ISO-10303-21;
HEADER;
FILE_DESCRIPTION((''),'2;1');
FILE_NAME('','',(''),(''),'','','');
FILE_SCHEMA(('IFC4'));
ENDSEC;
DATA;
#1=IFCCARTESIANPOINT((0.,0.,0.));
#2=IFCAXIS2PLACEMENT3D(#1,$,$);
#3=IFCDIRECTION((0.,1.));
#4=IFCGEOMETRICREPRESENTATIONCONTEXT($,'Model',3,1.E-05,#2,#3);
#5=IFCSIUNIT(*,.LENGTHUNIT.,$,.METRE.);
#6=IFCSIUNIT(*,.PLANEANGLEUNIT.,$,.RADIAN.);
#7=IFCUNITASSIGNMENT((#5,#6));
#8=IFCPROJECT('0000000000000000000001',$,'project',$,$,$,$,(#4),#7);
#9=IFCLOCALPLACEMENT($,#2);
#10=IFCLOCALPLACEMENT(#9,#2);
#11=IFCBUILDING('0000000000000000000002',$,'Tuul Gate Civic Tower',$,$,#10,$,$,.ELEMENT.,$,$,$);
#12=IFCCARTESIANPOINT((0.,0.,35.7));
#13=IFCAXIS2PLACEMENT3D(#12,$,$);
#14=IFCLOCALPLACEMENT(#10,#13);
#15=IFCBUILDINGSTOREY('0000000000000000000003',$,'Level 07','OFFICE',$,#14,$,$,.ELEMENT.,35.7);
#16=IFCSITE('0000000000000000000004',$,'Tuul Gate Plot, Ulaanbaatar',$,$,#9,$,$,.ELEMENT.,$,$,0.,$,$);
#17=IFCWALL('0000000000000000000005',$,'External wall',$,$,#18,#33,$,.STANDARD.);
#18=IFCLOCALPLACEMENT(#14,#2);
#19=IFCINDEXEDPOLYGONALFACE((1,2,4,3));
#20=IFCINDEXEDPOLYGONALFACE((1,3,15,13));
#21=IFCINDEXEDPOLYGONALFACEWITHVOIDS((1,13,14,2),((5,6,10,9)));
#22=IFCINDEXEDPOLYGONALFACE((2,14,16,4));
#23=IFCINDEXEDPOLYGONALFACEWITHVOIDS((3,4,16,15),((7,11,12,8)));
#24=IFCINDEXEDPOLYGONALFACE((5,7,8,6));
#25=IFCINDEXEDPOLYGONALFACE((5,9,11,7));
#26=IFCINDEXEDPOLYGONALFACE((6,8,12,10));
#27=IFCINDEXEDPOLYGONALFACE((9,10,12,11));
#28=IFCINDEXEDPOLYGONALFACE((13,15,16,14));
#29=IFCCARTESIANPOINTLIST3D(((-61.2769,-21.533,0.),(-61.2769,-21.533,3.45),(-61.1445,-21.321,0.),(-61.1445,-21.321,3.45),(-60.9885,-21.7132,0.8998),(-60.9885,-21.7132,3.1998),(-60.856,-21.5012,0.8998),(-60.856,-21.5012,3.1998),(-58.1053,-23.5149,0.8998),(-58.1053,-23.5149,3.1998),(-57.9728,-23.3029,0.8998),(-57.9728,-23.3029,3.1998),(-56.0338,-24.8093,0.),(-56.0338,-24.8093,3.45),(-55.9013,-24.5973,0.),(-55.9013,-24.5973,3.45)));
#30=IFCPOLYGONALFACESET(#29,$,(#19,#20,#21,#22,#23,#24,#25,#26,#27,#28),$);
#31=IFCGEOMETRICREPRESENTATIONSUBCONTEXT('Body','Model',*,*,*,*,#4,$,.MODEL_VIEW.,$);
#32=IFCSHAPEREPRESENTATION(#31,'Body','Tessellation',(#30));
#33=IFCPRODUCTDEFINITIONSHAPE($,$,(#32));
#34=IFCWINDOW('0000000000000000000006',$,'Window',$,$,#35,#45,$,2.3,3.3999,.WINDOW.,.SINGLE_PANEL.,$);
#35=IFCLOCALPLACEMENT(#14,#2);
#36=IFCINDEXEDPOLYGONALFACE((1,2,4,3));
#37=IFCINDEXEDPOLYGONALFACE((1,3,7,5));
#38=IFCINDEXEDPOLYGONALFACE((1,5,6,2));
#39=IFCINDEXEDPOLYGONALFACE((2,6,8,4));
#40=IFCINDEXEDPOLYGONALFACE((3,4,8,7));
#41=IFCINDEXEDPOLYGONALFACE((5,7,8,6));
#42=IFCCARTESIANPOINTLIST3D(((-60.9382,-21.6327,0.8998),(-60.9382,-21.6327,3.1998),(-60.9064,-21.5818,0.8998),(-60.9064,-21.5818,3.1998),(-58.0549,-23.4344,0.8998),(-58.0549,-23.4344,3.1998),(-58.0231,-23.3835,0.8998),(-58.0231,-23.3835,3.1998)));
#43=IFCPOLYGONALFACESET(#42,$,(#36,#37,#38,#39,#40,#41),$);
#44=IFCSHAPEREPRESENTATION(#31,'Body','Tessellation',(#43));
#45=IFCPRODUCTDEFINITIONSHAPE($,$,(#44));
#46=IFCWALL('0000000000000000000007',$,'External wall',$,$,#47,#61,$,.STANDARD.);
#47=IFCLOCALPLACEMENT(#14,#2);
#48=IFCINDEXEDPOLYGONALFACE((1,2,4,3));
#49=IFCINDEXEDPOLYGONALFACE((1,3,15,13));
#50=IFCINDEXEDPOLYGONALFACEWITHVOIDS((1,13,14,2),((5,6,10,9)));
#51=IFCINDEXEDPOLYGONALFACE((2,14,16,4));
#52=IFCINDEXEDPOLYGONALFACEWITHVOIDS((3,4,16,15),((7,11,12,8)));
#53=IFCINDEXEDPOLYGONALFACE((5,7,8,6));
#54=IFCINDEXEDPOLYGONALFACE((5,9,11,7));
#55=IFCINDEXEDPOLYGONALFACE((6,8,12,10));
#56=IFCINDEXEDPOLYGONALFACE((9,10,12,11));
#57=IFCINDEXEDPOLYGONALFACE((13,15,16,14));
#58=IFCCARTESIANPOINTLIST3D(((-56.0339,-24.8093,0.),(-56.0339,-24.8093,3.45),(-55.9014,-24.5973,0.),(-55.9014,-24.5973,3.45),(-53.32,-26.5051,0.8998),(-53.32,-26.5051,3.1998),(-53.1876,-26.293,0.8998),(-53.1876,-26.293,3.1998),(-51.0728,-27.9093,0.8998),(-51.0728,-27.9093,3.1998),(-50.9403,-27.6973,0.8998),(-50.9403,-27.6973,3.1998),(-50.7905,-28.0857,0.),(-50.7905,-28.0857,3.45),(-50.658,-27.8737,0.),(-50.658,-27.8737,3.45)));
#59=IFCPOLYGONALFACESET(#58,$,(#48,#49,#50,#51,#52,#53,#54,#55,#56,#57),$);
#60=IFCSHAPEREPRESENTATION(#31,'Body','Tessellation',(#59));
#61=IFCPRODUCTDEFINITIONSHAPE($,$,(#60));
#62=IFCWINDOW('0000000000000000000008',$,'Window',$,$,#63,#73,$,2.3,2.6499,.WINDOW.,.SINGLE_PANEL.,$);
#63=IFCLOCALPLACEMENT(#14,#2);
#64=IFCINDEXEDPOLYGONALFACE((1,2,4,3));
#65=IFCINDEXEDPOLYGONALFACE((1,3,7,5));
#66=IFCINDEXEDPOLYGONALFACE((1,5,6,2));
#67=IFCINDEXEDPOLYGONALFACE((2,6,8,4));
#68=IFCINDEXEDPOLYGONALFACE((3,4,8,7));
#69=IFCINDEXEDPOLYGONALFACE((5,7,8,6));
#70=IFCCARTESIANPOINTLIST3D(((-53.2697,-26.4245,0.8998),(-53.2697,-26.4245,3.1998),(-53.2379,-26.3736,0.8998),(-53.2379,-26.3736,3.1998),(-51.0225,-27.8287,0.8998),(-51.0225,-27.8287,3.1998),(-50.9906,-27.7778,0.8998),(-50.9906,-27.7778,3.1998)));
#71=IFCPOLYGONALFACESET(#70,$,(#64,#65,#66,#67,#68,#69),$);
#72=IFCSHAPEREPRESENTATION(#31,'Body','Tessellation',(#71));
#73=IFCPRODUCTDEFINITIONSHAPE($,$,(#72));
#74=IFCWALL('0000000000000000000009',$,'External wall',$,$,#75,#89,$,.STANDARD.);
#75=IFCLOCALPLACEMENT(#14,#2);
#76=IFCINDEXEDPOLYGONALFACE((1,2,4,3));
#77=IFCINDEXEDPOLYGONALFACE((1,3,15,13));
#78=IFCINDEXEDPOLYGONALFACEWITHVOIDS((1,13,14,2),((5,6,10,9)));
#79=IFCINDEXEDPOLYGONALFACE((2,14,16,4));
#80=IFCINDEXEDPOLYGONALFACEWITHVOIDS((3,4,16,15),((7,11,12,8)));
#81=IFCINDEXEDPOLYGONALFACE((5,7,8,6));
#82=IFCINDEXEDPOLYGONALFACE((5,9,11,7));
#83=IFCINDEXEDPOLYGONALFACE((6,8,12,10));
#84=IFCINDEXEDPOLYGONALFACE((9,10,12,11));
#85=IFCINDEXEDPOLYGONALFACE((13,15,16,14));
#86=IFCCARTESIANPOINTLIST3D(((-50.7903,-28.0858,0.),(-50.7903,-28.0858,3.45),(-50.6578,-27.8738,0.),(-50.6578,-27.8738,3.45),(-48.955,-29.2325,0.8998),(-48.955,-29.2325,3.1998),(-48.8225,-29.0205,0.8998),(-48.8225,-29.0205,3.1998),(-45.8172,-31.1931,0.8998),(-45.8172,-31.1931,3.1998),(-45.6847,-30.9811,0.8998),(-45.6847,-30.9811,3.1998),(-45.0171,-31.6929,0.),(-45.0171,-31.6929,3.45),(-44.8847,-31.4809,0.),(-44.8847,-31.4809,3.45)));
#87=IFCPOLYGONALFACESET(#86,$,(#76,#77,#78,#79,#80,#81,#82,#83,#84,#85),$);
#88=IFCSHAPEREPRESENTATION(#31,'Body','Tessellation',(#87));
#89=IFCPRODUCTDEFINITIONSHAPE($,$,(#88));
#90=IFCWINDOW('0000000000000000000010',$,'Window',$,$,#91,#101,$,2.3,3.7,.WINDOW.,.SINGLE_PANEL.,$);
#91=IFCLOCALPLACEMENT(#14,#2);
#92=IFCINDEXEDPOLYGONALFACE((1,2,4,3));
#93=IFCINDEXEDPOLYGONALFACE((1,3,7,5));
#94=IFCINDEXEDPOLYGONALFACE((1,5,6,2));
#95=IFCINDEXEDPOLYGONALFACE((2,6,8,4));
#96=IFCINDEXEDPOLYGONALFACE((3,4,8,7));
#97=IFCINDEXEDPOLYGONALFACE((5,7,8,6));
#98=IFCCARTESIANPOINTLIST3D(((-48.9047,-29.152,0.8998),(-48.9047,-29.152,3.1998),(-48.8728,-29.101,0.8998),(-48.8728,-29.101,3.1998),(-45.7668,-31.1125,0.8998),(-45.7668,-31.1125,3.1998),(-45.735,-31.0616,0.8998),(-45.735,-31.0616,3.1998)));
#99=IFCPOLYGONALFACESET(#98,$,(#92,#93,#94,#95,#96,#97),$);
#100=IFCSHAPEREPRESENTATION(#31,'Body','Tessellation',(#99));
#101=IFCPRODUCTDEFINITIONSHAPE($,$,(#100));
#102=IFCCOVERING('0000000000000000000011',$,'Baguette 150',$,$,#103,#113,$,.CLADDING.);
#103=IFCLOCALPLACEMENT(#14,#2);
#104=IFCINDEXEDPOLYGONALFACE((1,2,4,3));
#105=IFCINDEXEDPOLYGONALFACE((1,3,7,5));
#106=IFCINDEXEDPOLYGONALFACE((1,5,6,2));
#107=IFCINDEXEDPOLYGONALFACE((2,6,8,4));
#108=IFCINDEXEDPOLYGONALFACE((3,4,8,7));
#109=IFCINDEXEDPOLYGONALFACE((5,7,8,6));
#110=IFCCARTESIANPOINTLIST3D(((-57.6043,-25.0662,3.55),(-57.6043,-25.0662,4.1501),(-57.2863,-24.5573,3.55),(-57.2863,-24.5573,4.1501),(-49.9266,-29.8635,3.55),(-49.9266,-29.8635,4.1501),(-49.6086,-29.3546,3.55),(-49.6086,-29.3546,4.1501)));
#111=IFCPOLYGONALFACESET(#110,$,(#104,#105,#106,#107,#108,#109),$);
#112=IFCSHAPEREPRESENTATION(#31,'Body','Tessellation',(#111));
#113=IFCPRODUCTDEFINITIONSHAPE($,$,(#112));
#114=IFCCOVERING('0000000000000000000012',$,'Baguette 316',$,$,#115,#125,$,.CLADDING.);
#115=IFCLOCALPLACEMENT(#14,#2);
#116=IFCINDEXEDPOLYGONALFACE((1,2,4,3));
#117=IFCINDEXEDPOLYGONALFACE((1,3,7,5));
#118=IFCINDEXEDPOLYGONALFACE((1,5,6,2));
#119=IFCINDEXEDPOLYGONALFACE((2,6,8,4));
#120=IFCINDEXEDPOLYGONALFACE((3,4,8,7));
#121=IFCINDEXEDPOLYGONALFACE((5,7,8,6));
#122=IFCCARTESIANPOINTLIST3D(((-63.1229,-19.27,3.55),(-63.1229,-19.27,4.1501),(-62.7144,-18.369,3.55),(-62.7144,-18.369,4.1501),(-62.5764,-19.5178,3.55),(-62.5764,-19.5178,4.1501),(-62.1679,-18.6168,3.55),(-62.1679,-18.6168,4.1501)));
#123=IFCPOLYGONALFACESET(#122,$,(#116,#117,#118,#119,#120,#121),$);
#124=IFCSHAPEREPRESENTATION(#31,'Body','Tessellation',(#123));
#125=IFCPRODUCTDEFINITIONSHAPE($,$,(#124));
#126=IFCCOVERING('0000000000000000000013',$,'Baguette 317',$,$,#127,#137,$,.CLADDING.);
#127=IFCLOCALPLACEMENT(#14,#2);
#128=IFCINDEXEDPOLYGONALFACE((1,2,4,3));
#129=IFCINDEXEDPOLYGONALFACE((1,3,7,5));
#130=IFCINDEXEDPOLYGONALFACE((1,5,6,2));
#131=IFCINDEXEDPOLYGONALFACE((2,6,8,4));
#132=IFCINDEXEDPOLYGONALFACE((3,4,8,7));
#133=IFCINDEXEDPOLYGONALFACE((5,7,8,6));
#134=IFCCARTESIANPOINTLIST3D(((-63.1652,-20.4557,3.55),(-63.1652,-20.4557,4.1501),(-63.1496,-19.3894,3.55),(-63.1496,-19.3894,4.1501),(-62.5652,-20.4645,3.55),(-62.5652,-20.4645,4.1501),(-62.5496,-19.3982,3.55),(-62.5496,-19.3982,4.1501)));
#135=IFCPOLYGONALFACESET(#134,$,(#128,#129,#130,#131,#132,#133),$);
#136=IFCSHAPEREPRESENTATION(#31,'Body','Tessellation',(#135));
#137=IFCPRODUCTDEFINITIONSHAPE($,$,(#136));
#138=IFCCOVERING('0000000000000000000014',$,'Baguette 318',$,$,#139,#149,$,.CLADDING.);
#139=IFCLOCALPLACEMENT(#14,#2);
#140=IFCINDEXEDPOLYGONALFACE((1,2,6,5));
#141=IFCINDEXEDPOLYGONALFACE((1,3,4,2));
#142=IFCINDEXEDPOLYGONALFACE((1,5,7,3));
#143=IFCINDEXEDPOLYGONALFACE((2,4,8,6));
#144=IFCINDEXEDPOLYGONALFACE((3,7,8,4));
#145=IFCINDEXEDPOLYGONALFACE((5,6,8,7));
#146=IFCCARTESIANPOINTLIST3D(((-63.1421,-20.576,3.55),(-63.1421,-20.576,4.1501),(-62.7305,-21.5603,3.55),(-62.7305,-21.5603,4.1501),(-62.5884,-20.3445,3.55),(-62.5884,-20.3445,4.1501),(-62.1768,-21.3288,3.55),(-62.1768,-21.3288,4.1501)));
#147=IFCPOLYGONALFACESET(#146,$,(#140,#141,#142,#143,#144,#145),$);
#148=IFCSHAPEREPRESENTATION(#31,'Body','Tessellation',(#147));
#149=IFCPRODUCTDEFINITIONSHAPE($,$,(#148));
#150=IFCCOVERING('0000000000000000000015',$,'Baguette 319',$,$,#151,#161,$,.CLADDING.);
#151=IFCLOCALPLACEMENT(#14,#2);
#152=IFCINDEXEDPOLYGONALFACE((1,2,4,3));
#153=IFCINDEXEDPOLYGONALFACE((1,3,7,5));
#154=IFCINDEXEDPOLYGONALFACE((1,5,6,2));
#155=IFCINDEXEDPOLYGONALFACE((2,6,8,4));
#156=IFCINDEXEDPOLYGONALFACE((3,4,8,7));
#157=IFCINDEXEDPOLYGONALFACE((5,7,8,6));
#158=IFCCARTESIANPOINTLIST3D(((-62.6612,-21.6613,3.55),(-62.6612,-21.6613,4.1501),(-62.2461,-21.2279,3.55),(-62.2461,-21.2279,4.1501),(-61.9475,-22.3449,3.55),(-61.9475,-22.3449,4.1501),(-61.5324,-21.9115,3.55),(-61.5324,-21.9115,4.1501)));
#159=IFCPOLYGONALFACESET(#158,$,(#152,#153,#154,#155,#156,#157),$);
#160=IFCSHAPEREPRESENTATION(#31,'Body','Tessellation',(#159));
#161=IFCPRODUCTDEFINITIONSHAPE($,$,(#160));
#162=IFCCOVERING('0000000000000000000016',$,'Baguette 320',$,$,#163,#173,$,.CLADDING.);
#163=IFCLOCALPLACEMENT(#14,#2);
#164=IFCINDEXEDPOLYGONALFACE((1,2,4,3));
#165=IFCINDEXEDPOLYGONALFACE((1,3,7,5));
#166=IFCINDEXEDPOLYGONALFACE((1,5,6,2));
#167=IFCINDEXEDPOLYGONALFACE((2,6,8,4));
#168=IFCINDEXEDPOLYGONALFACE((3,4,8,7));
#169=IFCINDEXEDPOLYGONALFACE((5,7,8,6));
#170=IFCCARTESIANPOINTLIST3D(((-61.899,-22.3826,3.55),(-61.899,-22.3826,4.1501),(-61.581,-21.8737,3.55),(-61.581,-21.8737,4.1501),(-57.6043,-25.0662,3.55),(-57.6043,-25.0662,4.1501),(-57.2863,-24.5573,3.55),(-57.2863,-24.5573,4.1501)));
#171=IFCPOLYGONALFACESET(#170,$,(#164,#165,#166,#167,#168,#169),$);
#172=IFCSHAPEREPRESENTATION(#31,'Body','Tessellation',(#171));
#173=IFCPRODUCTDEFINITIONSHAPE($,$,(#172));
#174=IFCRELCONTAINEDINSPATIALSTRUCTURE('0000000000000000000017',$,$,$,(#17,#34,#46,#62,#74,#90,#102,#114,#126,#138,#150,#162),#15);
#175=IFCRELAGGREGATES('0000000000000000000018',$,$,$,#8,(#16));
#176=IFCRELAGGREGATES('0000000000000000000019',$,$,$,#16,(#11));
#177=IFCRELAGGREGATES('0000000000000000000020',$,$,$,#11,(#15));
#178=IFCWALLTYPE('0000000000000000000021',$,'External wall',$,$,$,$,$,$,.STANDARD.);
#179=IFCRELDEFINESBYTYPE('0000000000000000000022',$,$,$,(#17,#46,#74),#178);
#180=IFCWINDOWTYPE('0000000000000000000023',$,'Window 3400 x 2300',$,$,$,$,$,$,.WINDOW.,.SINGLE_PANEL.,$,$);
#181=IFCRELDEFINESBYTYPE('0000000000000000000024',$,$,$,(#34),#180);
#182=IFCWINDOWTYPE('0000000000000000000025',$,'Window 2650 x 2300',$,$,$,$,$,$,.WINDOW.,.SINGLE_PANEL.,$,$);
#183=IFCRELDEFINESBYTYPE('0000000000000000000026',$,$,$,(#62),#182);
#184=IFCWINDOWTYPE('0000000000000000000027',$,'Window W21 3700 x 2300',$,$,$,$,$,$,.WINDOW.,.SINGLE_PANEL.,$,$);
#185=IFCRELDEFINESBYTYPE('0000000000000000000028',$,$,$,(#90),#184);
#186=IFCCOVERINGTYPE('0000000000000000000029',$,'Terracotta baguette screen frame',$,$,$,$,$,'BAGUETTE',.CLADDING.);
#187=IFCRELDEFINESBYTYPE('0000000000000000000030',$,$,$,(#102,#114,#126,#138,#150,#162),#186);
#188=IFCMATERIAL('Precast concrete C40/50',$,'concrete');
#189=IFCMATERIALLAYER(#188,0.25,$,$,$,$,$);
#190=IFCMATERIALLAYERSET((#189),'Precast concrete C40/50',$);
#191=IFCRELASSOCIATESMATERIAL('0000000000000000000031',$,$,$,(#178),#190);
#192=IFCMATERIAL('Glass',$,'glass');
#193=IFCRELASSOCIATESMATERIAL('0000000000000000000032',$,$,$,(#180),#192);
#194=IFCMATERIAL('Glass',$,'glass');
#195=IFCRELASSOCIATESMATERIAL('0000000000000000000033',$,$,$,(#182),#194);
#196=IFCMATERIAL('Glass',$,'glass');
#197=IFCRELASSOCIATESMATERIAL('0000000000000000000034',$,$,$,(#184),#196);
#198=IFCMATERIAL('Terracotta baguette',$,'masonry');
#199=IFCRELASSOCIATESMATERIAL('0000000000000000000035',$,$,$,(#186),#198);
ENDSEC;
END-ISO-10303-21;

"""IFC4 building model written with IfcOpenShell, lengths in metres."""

from ifc_helpers import new_model, si_unit, direction, frame, frame_2d, origin, origin_2d, place, context, subcontext, project, spatial, rectangle, extrude, material, layer, layer_set, material_profile, profile_set, type_object, element, fill, save


model = new_model("IFC4")

# Units and contexts
model_context = context("Model", 3, precision=1e-05, world=origin(), true_north=direction((0.0, 1.0)))
body_context = subcontext(model_context, "Body", "Model", "MODEL_VIEW")
ifc_project = project(units=[si_unit("LENGTHUNIT", "METRE"), si_unit("PLANEANGLEUNIT", "RADIAN")], contexts=[model_context])

# Site, building, storey
site_placement = place(None, origin())
site = spatial("IfcSite", under=ifc_project, at=site_placement, Name="Tuul Gate Plot, Ulaanbaatar", CompositionType="ELEMENT", RefElevation=0.0)
building_placement = place(site_placement, origin())
building = spatial("IfcBuilding", under=site, at=building_placement, Name="Tuul Gate Civic Tower", CompositionType="ELEMENT")
storey_placement = place(building_placement, frame((0.0, 0.0, 35.7)))
storey = spatial("IfcBuildingStorey", under=building, at=storey_placement, Name="Level 07", Description="OFFICE", CompositionType="ELEMENT", Elevation=35.7)

# Shared definitions
ifc_material_1 = material(Name="Precast concrete C40/50", Category="concrete")
ifc_layer_1 = layer(ifc_material_1, 0.25)
ifc_layer_set_1 = layer_set([ifc_layer_1], Name="Precast concrete C40/50")
wall_type_1 = type_object("IfcWallType", Name="External wall", PredefinedType="STANDARD", material=ifc_layer_set_1)

# Walls, openings, windows
wall_1_placement = place(storey_placement, frame((-61.2107, -21.427, 0.0), z_axis=(0.0, 0.0, 1.0), x_axis=(0.848043, -0.529928, 0.0)))
wall_1 = element("IfcWall", 1, at=wall_1_placement, inside=storey, type_object=wall_type_1, Name="External wall", PredefinedType="STANDARD", context=body_context, shape_type="SweptSolid", body=[
    extrude(rectangle(XDim=6.1826, YDim=0.25, at=frame_2d((3.0913, 0.0))), origin(), (0.0, 0.0, 1.0), 3.45),
])
opening_1_placement = place(wall_1_placement, frame((0.3401, 0.0, 0.8999)))
opening_1 = element("IfcOpeningElement", 2, at=opening_1_placement, cuts=wall_1, PredefinedType="OPENING", context=body_context, shape_type="SweptSolid", body=[
    extrude(rectangle(XDim=3.3999, YDim=2.3, at=frame_2d((1.7, 1.1499))), frame((0.0, 0.135, 0.0), z_axis=(0.0, -1.0, 0.0), x_axis=(1.0, 0.0, 0.0)), (0.0, 0.0, 1.0), 0.27),
])
ifc_material_2 = material(Name="Glass", Category="glass")
window_type_1 = type_object("IfcWindowType", Name="Window 3400 x 2300", PartitioningType="SINGLE_PANEL", PredefinedType="WINDOW", material=ifc_material_2)
window_1_placement = place(opening_1_placement, origin())
window_1 = element("IfcWindow", 3, at=window_1_placement, inside=storey, type_object=window_type_1, Name="Window", OverallHeight=2.3, OverallWidth=3.3999, PartitioningType="SINGLE_PANEL", PredefinedType="WINDOW", context=body_context, shape_type="SweptSolid", body=[
    extrude(rectangle(XDim=3.3999, YDim=2.3, at=frame_2d((1.7, 1.1499))), frame((0.0, 0.03, 0.0), z_axis=(0.0, -1.0, 0.0), x_axis=(1.0, 0.0, 0.0)), (0.0, 0.0, 1.0), 0.0601),
])
fill(opening_1, window_1)
wall_2_placement = place(storey_placement, frame((-55.9675, -24.7034, 0.0), z_axis=(0.0, 0.0, 1.0), x_axis=(0.848054, -0.52991, 0.0)))
wall_2 = element("IfcWall", 4, at=wall_2_placement, inside=storey, type_object=wall_type_1, Name="External wall", PredefinedType="STANDARD", context=body_context, shape_type="SweptSolid", body=[
    extrude(rectangle(XDim=6.1829, YDim=0.25, at=frame_2d((3.0913, 0.0))), origin(), (0.0, 0.0, 1.0), 3.45),
])
opening_2_placement = place(wall_2_placement, frame((3.2, 0.0, 0.8999)))
opening_2 = element("IfcOpeningElement", 5, at=opening_2_placement, cuts=wall_2, PredefinedType="OPENING", context=body_context, shape_type="SweptSolid", body=[
    extrude(rectangle(XDim=2.6499, YDim=2.3, at=frame_2d((1.325, 1.1499))), frame((0.0, 0.135, 0.0), z_axis=(0.0, -1.0, 0.0), x_axis=(1.0, 0.0, 0.0)), (0.0, 0.0, 1.0), 0.27),
])
ifc_material_3 = material(Name="Glass", Category="glass")
window_type_2 = type_object("IfcWindowType", Name="Window 2650 x 2300", PartitioningType="SINGLE_PANEL", PredefinedType="WINDOW", material=ifc_material_3)
window_2_placement = place(opening_2_placement, origin())
window_2 = element("IfcWindow", 6, at=window_2_placement, inside=storey, type_object=window_type_2, Name="Window", OverallHeight=2.3, OverallWidth=2.6499, PartitioningType="SINGLE_PANEL", PredefinedType="WINDOW", context=body_context, shape_type="SweptSolid", body=[
    extrude(rectangle(XDim=2.6499, YDim=2.3, at=frame_2d((1.325, 1.1499))), frame((0.0, 0.03, 0.0), z_axis=(0.0, -1.0, 0.0), x_axis=(1.0, 0.0, 0.0)), (0.0, 0.0, 1.0), 0.0601),
])
fill(opening_2, window_2)
wall_3_placement = place(storey_placement, frame((-50.7241, -27.9797, 0.0), z_axis=(0.0, 0.0, 1.0), x_axis=(0.848069, -0.529886, 0.0)))
wall_3 = element("IfcWall", 7, at=wall_3_placement, inside=storey, type_object=wall_type_1, Name="External wall", PredefinedType="STANDARD", context=body_context, shape_type="SweptSolid", body=[
    extrude(rectangle(XDim=6.8074, YDim=0.25, at=frame_2d((3.4038, 0.0))), origin(), (0.0, 0.0, 1.0), 3.45),
])
opening_3_placement = place(wall_3_placement, frame((2.1641, 0.0, 0.8999)))
opening_3 = element("IfcOpeningElement", 8, at=opening_3_placement, cuts=wall_3, PredefinedType="OPENING", context=body_context, shape_type="SweptSolid", body=[
    extrude(rectangle(XDim=3.7, YDim=2.3, at=frame_2d((1.8501, 1.1499))), frame((0.0, 0.135, 0.0), z_axis=(0.0, -1.0, 0.0), x_axis=(1.0, 0.0, 0.0)), (0.0, 0.0, 1.0), 0.27),
])
ifc_material_4 = material(Name="Glass", Category="glass")
window_type_3 = type_object("IfcWindowType", Name="Window W21 3700 x 2300", PartitioningType="SINGLE_PANEL", PredefinedType="WINDOW", material=ifc_material_4)
window_3_placement = place(opening_3_placement, origin())
window_3 = element("IfcWindow", 9, at=window_3_placement, inside=storey, type_object=window_type_3, Name="Window", OverallHeight=2.3, OverallWidth=3.7, PartitioningType="SINGLE_PANEL", PredefinedType="WINDOW", context=body_context, shape_type="SweptSolid", body=[
    extrude(rectangle(XDim=3.7, YDim=2.3, at=frame_2d((1.8501, 1.1499))), frame((0.0, 0.03, 0.0), z_axis=(0.0, -1.0, 0.0), x_axis=(1.0, 0.0, 0.0)), (0.0, 0.0, 1.0), 0.0601),
])
fill(opening_3, window_3)

# Coverings
ifc_material_5 = material(Name="Terracotta baguette", Category="masonry")
ifc_material_profile_1 = material_profile(ifc_material_5, rectangle(XDim=0.6001, YDim=0.6001, at=origin_2d()), Name="Terracotta baguette screen frame")
ifc_profile_set_1 = profile_set([ifc_material_profile_1], Name="Terracotta baguette")
covering_type = type_object("IfcCoveringType", Name="Terracotta baguette screen frame", ElementType="BAGUETTE", PredefinedType="CLADDING", material=ifc_profile_set_1)
covering_1_placement = place(storey_placement, frame((-57.4453, -24.8118, 3.8501), z_axis=(0.848059, -0.529902, 0.0), x_axis=(0.529902, 0.848059, 0.0)))
element("IfcCovering", 10, at=covering_1_placement, inside=storey, type_object=covering_type, Name="Baguette 150", PredefinedType="CLADDING", context=body_context, shape_type="SweptSolid", body=[
    extrude(rectangle(XDim=0.6001, YDim=0.6001, at=origin_2d()), origin(), (0.0, 0.0, 1.0), 9.0532),
])
covering_2_placement = place(storey_placement, frame((-62.4412, -18.4929, 3.8501), z_axis=(-0.412929, -0.910763, 0.0), x_axis=(0.910763, -0.412929, 0.0)))
element("IfcCovering", 11, at=covering_2_placement, inside=storey, type_object=covering_type, Name="Baguette 316", PredefinedType="CLADDING", context=body_context, shape_type="SweptSolid", body=[
    extrude(rectangle(XDim=0.6001, YDim=0.6001, at=origin_2d()), origin(), (0.0, 0.0, 1.0), 0.9893),
])
covering_3_placement = place(storey_placement, frame((-62.8496, -19.3938, 3.8501), z_axis=(-0.01465, -0.999893, 0.0), x_axis=(0.999893, -0.01465, 0.0)))
element("IfcCovering", 12, at=covering_3_placement, inside=storey, type_object=covering_type, Name="Baguette 317", PredefinedType="CLADDING", context=body_context, shape_type="SweptSolid", body=[
    extrude(rectangle(XDim=0.6001, YDim=0.6001, at=origin_2d()), origin(), (0.0, 0.0, 1.0), 1.0664),
])
covering_4_placement = place(storey_placement, frame((-62.8652, -20.4602, 3.8501), z_axis=(0.385785, -0.922589, 0.0), x_axis=(0.922589, 0.385785, 0.0)))
element("IfcCovering", 13, at=covering_4_placement, inside=storey, type_object=covering_type, Name="Baguette 318", PredefinedType="CLADDING", context=body_context, shape_type="SweptSolid", body=[
    extrude(rectangle(XDim=0.6001, YDim=0.6001, at=origin_2d()), origin(), (0.0, 0.0, 1.0), 1.0669),
])
covering_5_placement = place(storey_placement, frame((-62.4536, -21.4446, 3.8501), z_axis=(0.722137, -0.69175, 0.0), x_axis=(0.69175, 0.722137, 0.0)))
element("IfcCovering", 14, at=covering_5_placement, inside=storey, type_object=covering_type, Name="Baguette 319", PredefinedType="CLADDING", context=body_context, shape_type="SweptSolid", body=[
    extrude(rectangle(XDim=0.6001, YDim=0.6001, at=origin_2d()), origin(), (0.0, 0.0, 1.0), 0.9883),
])
covering_6_placement = place(storey_placement, frame((-61.74, -22.1282, 3.8501), z_axis=(0.84805, -0.529917, 0.0), x_axis=(0.529917, 0.84805, 0.0)))
element("IfcCovering", 15, at=covering_6_placement, inside=storey, type_object=covering_type, Name="Baguette 320", PredefinedType="CLADDING", context=body_context, shape_type="SweptSolid", body=[
    extrude(rectangle(XDim=0.6001, YDim=0.6001, at=origin_2d()), origin(), (0.0, 0.0, 1.0), 5.0642),
])

save(model, "model.ifc")
